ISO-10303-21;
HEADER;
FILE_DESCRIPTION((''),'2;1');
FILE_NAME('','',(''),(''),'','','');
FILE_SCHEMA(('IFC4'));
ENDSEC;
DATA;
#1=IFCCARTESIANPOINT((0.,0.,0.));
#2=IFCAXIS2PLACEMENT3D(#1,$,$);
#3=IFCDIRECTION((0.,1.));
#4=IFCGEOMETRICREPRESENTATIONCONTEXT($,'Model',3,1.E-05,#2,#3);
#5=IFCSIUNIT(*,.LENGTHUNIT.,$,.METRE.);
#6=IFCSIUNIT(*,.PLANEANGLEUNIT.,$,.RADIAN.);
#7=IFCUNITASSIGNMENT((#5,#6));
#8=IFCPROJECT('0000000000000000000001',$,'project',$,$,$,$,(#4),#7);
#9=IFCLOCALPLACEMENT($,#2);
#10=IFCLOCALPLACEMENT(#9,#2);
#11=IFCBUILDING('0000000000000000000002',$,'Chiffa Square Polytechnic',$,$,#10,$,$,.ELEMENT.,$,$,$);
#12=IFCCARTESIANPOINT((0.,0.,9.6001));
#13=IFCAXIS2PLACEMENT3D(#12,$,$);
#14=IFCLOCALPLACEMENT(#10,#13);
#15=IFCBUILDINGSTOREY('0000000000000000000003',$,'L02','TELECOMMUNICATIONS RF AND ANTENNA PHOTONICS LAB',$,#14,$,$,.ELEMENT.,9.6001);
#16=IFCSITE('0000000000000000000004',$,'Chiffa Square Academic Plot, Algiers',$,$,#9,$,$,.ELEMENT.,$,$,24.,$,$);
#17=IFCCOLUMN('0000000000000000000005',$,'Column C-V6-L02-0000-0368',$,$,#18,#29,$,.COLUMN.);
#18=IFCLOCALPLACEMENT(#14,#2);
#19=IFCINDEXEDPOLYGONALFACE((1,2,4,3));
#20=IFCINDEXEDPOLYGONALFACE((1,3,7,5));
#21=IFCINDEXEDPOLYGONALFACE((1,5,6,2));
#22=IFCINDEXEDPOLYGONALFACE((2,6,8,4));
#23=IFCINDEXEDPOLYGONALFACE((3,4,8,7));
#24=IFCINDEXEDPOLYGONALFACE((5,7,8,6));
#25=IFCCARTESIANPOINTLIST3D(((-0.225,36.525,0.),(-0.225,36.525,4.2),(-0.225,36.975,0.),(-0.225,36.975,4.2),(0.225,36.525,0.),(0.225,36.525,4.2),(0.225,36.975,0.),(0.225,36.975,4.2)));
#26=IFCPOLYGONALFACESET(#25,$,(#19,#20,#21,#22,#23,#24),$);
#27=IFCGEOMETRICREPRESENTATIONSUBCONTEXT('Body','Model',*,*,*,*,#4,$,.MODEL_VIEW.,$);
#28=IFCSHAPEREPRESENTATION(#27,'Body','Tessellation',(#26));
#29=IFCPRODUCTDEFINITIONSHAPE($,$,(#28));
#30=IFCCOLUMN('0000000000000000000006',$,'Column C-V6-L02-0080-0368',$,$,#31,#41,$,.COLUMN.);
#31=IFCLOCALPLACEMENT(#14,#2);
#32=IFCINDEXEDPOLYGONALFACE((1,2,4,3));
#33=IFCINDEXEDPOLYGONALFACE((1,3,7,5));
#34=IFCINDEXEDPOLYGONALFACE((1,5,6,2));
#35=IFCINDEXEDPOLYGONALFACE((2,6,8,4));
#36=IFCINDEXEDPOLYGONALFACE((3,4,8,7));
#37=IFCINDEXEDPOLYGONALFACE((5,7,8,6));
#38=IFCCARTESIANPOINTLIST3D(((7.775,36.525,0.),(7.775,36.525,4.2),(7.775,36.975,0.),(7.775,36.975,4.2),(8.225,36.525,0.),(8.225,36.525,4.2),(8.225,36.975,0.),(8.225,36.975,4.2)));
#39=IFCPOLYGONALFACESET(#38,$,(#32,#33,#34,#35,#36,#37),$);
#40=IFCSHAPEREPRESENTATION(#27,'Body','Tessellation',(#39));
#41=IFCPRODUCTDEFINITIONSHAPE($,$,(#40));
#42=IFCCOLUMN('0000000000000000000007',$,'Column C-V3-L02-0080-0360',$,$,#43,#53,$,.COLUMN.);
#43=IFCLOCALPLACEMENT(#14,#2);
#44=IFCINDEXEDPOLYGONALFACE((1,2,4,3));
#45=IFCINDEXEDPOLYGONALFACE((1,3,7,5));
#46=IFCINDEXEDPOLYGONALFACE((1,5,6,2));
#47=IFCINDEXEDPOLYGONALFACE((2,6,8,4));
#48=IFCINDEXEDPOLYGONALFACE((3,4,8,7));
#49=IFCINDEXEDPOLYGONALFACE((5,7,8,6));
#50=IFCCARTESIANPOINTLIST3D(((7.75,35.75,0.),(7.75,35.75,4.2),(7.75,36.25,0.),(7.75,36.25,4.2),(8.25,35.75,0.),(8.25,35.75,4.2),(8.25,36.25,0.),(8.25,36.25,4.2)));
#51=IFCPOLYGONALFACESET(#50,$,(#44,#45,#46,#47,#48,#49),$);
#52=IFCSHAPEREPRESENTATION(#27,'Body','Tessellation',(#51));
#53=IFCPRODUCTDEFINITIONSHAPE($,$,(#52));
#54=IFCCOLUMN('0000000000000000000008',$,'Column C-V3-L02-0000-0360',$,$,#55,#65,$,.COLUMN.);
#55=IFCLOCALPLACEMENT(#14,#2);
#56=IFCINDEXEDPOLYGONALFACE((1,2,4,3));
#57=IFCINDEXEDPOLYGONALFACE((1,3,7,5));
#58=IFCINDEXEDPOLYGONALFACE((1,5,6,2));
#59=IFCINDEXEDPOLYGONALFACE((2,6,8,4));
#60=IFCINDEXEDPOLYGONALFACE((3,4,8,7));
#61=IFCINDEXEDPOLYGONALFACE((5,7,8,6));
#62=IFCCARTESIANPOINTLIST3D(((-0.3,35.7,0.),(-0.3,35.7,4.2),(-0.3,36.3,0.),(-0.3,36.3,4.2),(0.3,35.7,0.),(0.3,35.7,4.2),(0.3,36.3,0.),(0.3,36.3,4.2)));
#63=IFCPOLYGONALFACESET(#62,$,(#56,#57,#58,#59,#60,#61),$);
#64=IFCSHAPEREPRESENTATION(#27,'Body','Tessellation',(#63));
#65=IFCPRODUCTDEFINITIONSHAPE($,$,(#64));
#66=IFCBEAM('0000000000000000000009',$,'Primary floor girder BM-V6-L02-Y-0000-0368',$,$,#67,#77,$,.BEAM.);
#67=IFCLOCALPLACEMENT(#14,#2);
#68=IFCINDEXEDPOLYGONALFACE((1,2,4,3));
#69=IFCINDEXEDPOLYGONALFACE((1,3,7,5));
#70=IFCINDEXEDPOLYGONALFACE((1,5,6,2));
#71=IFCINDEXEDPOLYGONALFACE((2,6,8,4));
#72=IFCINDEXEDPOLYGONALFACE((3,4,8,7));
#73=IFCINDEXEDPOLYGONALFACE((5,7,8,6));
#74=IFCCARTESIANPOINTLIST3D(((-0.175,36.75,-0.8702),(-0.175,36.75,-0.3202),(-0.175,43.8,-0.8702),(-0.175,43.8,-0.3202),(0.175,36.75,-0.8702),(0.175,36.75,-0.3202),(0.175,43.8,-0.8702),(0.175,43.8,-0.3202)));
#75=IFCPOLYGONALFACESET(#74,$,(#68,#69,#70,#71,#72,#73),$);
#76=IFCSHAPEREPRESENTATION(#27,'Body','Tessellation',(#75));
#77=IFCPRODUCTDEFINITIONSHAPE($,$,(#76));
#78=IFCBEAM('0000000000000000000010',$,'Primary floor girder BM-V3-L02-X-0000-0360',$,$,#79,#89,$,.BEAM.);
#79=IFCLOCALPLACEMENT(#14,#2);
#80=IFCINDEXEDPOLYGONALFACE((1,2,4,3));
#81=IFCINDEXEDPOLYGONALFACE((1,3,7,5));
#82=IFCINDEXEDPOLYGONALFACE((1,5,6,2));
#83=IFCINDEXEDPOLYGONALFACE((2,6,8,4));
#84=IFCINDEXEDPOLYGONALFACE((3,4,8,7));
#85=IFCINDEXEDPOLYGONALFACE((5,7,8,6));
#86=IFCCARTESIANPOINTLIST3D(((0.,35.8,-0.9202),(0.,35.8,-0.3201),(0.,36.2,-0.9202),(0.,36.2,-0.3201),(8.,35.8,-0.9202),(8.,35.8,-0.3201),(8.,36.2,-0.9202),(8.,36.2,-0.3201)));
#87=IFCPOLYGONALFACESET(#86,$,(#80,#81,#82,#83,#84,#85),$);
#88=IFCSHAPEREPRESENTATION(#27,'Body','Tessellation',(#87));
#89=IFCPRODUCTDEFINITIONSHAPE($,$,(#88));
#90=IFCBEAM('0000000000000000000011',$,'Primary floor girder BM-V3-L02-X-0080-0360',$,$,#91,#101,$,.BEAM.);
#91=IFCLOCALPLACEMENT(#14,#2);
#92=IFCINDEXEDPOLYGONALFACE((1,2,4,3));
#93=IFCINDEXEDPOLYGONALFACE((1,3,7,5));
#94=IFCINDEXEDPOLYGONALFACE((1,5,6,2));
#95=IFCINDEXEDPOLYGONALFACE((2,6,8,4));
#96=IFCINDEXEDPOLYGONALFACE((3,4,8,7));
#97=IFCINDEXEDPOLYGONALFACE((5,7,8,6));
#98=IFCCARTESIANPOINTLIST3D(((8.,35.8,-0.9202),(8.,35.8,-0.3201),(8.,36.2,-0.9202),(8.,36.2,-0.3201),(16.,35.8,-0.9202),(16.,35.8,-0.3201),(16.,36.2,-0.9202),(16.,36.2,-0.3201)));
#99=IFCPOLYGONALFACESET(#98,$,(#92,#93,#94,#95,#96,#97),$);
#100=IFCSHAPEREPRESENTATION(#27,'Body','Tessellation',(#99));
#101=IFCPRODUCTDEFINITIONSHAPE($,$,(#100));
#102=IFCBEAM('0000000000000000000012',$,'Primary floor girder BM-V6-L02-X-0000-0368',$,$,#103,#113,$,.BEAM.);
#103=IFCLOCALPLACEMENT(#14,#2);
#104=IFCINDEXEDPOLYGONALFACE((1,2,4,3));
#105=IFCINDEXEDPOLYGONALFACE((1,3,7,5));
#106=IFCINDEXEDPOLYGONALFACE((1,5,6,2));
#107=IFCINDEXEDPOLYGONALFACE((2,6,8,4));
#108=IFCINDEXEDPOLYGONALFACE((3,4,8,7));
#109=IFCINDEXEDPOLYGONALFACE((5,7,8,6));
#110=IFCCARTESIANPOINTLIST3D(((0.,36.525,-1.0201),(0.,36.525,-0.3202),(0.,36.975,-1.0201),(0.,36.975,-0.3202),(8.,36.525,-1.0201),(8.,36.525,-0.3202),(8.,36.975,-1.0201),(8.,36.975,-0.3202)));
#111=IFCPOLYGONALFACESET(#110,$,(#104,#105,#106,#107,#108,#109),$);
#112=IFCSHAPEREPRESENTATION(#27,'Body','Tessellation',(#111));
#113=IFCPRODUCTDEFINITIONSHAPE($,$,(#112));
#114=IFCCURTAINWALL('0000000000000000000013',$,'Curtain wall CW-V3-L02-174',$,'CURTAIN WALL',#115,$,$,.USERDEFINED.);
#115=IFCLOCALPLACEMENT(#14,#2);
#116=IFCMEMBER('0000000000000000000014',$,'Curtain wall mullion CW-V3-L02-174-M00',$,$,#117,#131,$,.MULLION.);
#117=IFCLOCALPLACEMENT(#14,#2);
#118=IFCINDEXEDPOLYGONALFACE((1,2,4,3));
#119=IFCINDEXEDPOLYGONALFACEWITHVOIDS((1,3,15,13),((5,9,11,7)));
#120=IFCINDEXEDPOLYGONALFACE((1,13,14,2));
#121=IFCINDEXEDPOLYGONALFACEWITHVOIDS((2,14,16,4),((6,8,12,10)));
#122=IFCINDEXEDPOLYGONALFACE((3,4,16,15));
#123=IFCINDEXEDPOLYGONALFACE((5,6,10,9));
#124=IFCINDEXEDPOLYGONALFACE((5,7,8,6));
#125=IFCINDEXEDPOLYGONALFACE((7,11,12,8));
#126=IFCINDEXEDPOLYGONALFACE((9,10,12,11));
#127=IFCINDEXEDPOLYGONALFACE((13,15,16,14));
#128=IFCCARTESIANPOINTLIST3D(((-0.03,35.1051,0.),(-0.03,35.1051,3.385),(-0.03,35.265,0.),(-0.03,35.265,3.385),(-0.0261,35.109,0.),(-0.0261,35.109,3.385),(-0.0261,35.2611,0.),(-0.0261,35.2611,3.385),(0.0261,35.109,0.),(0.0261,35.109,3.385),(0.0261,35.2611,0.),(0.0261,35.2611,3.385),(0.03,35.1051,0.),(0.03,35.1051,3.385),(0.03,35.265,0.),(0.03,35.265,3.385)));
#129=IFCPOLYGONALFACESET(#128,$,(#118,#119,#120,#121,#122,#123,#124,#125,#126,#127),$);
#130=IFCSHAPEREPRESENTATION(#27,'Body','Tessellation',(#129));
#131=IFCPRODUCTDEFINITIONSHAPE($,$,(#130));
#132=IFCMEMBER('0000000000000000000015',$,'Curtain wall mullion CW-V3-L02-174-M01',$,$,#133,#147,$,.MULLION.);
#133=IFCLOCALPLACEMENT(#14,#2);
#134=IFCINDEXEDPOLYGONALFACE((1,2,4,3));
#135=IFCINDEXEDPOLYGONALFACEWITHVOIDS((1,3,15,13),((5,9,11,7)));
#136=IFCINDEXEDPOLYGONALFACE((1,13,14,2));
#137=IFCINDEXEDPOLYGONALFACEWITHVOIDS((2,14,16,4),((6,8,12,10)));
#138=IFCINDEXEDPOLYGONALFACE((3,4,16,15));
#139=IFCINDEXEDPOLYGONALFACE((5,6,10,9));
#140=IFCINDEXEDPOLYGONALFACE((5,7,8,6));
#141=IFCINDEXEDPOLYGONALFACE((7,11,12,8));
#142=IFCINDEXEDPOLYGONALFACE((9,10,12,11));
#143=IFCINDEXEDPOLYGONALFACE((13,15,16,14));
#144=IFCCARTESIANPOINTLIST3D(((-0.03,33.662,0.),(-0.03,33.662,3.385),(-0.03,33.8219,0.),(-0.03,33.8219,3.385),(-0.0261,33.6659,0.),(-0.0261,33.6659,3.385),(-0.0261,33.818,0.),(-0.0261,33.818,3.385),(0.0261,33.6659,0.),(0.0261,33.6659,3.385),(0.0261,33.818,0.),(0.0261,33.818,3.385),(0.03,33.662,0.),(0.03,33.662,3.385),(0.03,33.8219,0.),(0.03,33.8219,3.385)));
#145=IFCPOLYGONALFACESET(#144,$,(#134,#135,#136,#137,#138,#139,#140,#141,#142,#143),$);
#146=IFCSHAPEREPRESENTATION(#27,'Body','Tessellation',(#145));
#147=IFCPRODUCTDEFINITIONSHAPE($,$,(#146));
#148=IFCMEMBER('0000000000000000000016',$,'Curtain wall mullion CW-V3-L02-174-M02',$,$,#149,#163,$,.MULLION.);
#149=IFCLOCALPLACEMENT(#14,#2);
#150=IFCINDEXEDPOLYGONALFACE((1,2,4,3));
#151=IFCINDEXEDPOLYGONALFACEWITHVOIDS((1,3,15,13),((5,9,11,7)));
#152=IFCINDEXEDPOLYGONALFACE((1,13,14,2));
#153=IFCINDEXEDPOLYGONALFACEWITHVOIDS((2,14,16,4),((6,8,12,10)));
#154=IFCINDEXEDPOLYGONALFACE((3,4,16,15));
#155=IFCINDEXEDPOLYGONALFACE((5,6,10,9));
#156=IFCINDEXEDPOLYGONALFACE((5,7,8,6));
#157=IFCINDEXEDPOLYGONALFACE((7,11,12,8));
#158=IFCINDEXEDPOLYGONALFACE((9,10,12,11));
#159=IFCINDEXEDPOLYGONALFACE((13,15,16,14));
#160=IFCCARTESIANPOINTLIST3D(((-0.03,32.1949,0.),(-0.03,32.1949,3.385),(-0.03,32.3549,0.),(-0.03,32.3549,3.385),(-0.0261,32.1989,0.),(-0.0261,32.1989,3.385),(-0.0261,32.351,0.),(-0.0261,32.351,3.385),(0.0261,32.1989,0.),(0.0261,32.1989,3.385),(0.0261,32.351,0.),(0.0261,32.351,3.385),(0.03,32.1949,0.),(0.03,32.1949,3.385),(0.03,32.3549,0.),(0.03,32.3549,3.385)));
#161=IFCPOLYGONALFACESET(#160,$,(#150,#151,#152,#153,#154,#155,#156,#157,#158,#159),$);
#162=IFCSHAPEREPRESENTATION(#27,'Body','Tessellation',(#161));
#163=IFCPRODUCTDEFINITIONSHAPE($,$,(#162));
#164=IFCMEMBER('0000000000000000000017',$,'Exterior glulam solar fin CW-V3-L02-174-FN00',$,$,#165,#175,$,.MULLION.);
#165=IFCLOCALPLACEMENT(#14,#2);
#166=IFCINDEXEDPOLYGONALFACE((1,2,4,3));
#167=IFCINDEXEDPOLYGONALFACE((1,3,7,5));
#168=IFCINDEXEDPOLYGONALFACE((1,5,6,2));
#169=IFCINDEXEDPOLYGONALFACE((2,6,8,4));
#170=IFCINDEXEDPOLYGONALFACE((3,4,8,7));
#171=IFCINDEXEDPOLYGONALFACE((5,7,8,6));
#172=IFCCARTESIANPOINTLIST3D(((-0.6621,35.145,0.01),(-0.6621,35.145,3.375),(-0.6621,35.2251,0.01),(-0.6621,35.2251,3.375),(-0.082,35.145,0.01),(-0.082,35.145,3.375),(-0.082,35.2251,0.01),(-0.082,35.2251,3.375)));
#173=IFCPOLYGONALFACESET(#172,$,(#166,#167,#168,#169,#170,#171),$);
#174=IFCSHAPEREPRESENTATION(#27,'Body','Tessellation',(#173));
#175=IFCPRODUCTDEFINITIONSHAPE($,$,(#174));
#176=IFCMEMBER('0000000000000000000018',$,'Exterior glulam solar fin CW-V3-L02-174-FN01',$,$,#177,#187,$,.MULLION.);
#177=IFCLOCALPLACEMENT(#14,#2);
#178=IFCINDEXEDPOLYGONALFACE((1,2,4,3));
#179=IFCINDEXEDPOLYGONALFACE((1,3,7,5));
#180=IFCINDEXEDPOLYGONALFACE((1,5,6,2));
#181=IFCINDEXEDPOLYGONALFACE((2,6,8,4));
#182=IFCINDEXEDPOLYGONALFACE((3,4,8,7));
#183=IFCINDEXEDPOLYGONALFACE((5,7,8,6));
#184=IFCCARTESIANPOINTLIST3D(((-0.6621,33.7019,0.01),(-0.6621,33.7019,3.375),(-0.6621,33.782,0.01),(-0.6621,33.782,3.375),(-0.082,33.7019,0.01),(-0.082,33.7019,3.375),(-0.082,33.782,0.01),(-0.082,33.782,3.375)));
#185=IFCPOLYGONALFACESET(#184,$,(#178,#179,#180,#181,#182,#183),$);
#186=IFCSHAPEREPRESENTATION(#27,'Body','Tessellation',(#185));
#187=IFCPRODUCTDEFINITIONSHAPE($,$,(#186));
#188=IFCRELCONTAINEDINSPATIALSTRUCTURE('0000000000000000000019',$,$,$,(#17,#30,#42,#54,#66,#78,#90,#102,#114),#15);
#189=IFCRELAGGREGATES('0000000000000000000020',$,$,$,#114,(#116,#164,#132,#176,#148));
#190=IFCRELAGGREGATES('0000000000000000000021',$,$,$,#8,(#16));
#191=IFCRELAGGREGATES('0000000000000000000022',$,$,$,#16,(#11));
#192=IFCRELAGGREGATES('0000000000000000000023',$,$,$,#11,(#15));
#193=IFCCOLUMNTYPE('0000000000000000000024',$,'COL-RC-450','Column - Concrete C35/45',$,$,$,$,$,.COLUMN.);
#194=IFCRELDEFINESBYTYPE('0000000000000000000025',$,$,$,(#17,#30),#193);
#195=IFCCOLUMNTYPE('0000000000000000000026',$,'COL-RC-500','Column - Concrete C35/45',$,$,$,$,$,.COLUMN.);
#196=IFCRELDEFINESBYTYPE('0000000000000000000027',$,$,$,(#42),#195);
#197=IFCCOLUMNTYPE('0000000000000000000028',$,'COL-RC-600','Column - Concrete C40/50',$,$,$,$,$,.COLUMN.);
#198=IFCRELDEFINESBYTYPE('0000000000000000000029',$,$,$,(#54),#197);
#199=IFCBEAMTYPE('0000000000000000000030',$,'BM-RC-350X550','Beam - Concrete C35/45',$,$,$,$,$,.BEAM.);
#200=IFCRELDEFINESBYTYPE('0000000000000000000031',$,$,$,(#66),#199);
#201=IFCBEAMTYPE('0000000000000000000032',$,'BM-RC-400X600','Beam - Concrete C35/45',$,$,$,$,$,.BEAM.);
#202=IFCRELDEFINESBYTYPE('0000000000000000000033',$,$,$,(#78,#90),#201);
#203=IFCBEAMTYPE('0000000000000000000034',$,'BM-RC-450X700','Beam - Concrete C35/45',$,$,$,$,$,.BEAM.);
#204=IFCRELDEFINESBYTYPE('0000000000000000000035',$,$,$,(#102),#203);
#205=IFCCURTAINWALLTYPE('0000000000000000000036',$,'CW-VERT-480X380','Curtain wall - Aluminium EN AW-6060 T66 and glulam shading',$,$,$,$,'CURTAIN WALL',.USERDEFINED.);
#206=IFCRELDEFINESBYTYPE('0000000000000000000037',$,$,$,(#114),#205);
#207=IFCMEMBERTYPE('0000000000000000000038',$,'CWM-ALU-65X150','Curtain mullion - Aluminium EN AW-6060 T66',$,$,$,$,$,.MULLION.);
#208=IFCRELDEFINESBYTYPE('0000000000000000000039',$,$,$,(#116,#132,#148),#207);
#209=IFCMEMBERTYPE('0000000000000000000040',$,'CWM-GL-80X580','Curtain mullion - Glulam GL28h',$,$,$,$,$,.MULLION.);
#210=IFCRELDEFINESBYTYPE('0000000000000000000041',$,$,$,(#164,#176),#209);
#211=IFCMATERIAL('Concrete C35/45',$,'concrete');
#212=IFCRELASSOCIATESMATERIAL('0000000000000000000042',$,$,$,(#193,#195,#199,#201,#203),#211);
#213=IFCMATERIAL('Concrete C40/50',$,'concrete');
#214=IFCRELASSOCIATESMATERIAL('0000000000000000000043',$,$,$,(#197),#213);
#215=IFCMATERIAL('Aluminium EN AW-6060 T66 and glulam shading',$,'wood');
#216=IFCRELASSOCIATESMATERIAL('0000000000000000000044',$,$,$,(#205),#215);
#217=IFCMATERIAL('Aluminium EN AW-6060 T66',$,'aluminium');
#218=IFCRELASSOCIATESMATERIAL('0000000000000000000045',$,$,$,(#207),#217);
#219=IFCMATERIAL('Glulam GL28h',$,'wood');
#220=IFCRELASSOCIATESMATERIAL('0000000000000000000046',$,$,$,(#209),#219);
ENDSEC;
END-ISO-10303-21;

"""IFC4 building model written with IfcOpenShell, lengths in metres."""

from ifc_helpers import new_model, si_unit, direction, frame, origin, origin_2d, place, context, subcontext, project, spatial, rectangle, hollow_rectangle, extrude, material, material_profile, profile_set, type_object, element, aggregate, save


model = new_model("IFC4")

# Units and contexts
model_context = context("Model", 3, precision=1e-05, world=origin(), true_north=direction((0.0, 1.0)))
body_context = subcontext(model_context, "Body", "Model", "MODEL_VIEW")
ifc_project = project(units=[si_unit("LENGTHUNIT", "METRE"), si_unit("PLANEANGLEUNIT", "RADIAN")], contexts=[model_context])

# Site, building, storey
site_placement = place(None, origin())
site = spatial("IfcSite", under=ifc_project, at=site_placement, Name="Chiffa Square Academic Plot, Algiers", CompositionType="ELEMENT", RefElevation=24.0)
building_placement = place(site_placement, origin())
building = spatial("IfcBuilding", under=site, at=building_placement, Name="Chiffa Square Polytechnic", CompositionType="ELEMENT")
storey_placement = place(building_placement, frame((0.0, 0.0, 9.6001)))
storey = spatial("IfcBuildingStorey", under=building, at=storey_placement, Name="L02", Description="TELECOMMUNICATIONS RF AND ANTENNA PHOTONICS LAB", CompositionType="ELEMENT", Elevation=9.6001)

# Columns
ifc_material_1 = material(Name="Concrete C35/45", Category="concrete")
ifc_material_profile_1 = material_profile(ifc_material_1, rectangle(XDim=0.45, YDim=0.45, at=origin_2d()), Name="RC 450x450")
ifc_profile_set_1 = profile_set([ifc_material_profile_1], Name="Concrete C35/45")
column_type_1 = type_object("IfcColumnType", Name="COL-RC-450", Description="Column - Concrete C35/45", PredefinedType="COLUMN", material=ifc_profile_set_1)
for number, where, z_axis, x_axis, name in (
    (1, (0.0, 36.75, 0.0), (0.0, 0.0, 1.0), (1.0, 0.0, 0.0), "Column C-V6-L02-0000-0368"),
    (2, (8.0, 36.75, 0.0), (0.0, 0.0, 1.0), (1.0, 0.0, 0.0), "Column C-V6-L02-0080-0368"),
):
    element("IfcColumn", number, at=place(storey_placement, frame(where, z_axis=z_axis, x_axis=x_axis)), inside=storey, type_object=column_type_1, Name=name, PredefinedType="COLUMN", context=body_context, shape_type="SweptSolid", body=[
        extrude(rectangle(XDim=0.45, YDim=0.45, at=origin_2d()), origin(), (0.0, 0.0, 1.0), 4.2),
    ])
ifc_material_profile_2 = material_profile(ifc_material_1, rectangle(XDim=0.5, YDim=0.5, at=origin_2d()), Name="RC 500x500")
ifc_profile_set_2 = profile_set([ifc_material_profile_2], Name="Concrete C35/45")
column_type_2 = type_object("IfcColumnType", Name="COL-RC-500", Description="Column - Concrete C35/45", PredefinedType="COLUMN", material=ifc_profile_set_2)
column_1_placement = place(storey_placement, frame((8.0, 36.0, 0.0), z_axis=(0.0, 0.0, 1.0), x_axis=(1.0, 0.0, 0.0)))
element("IfcColumn", 3, at=column_1_placement, inside=storey, type_object=column_type_2, Name="Column C-V3-L02-0080-0360", PredefinedType="COLUMN", context=body_context, shape_type="SweptSolid", body=[
    extrude(rectangle(XDim=0.5, YDim=0.5, at=origin_2d()), origin(), (0.0, 0.0, 1.0), 4.2),
])
ifc_material_2 = material(Name="Concrete C40/50", Category="concrete")
ifc_material_profile_3 = material_profile(ifc_material_2, rectangle(XDim=0.6001, YDim=0.6001, at=origin_2d()), Name="RC 600x600")
ifc_profile_set_3 = profile_set([ifc_material_profile_3], Name="Concrete C40/50")
column_type_3 = type_object("IfcColumnType", Name="COL-RC-600", Description="Column - Concrete C40/50", PredefinedType="COLUMN", material=ifc_profile_set_3)
column_2_placement = place(storey_placement, frame((0.0, 36.0, 0.0), z_axis=(0.0, 0.0, 1.0), x_axis=(1.0, 0.0, 0.0)))
element("IfcColumn", 4, at=column_2_placement, inside=storey, type_object=column_type_3, Name="Column C-V3-L02-0000-0360", PredefinedType="COLUMN", context=body_context, shape_type="SweptSolid", body=[
    extrude(rectangle(XDim=0.6001, YDim=0.6001, at=origin_2d()), origin(), (0.0, 0.0, 1.0), 4.2),
])

# Beams
ifc_material_profile_4 = material_profile(ifc_material_1, rectangle(XDim=0.3501, YDim=0.55, at=origin_2d()), Name="RC 350x550")
ifc_profile_set_4 = profile_set([ifc_material_profile_4], Name="Concrete C35/45")
beam_type_1 = type_object("IfcBeamType", Name="BM-RC-350X550", Description="Beam - Concrete C35/45", PredefinedType="BEAM", material=ifc_profile_set_4)
beam_1_placement = place(storey_placement, frame((0.0, 36.75, -0.5952), z_axis=(0.0, 1.0, 0.0), x_axis=(-1.0, 0.0, 0.0)))
element("IfcBeam", 5, at=beam_1_placement, inside=storey, type_object=beam_type_1, Name="Primary floor girder BM-V6-L02-Y-0000-0368", PredefinedType="BEAM", context=body_context, shape_type="SweptSolid", body=[
    extrude(rectangle(XDim=0.3501, YDim=0.55, at=origin_2d()), origin(), (0.0, 0.0, 1.0), 7.05),
])
ifc_material_profile_5 = material_profile(ifc_material_1, rectangle(XDim=0.3999, YDim=0.6001, at=origin_2d()), Name="RC 400x600")
ifc_profile_set_5 = profile_set([ifc_material_profile_5], Name="Concrete C35/45")
beam_type_2 = type_object("IfcBeamType", Name="BM-RC-400X600", Description="Beam - Concrete C35/45", PredefinedType="BEAM", material=ifc_profile_set_5)
for number, where, z_axis, x_axis, name in (
    (6, (0.0, 36.0, -0.6201), (1.0, 0.0, 0.0), (0.0, 1.0, 0.0), "Primary floor girder BM-V3-L02-X-0000-0360"),
    (7, (8.0, 36.0, -0.6201), (1.0, 0.0, 0.0), (0.0, 1.0, 0.0), "Primary floor girder BM-V3-L02-X-0080-0360"),
):
    element("IfcBeam", number, at=place(storey_placement, frame(where, z_axis=z_axis, x_axis=x_axis)), inside=storey, type_object=beam_type_2, Name=name, PredefinedType="BEAM", context=body_context, shape_type="SweptSolid", body=[
        extrude(rectangle(XDim=0.3999, YDim=0.6001, at=origin_2d()), origin(), (0.0, 0.0, 1.0), 8.0),
    ])
ifc_material_profile_6 = material_profile(ifc_material_1, rectangle(XDim=0.45, YDim=0.7, at=origin_2d()), Name="RC 450x700")
ifc_profile_set_6 = profile_set([ifc_material_profile_6], Name="Concrete C35/45")
beam_type_3 = type_object("IfcBeamType", Name="BM-RC-450X700", Description="Beam - Concrete C35/45", PredefinedType="BEAM", material=ifc_profile_set_6)
beam_2_placement = place(storey_placement, frame((0.0, 36.75, -0.6702), z_axis=(1.0, 0.0, 0.0), x_axis=(0.0, 1.0, 0.0)))
element("IfcBeam", 8, at=beam_2_placement, inside=storey, type_object=beam_type_3, Name="Primary floor girder BM-V6-L02-X-0000-0368", PredefinedType="BEAM", context=body_context, shape_type="SweptSolid", body=[
    extrude(rectangle(XDim=0.45, YDim=0.7, at=origin_2d()), origin(), (0.0, 0.0, 1.0), 8.0),
])

# Curtain wall, members
ifc_material_3 = material(Name="Aluminium EN AW-6060 T66 and glulam shading", Category="wood")
curtain_wall_type = type_object("IfcCurtainWallType", Name="CW-VERT-480X380", Description="Curtain wall - Aluminium EN AW-6060 T66 and glulam shading", ElementType="CURTAIN WALL", PredefinedType="USERDEFINED", material=ifc_material_3)
curtain_wall_placement = place(storey_placement, origin())
curtain_wall = element("IfcCurtainWall", 9, at=curtain_wall_placement, inside=storey, type_object=curtain_wall_type, Name="Curtain wall CW-V3-L02-174", ObjectType="CURTAIN WALL", PredefinedType="USERDEFINED")
ifc_material_4 = material(Name="Aluminium EN AW-6060 T66", Category="aluminium")
ifc_material_profile_7 = material_profile(ifc_material_4, hollow_rectangle(XDim=0.0601, YDim=0.1599, WallThickness=0.0039, at=origin_2d()), Name="ALU 60x160x4")
ifc_profile_set_7 = profile_set([ifc_material_profile_7], Name="Aluminium EN AW-6060 T66")
member_type_1 = type_object("IfcMemberType", Name="CWM-ALU-65X150", Description="Curtain mullion - Aluminium EN AW-6060 T66", PredefinedType="MULLION", material=ifc_profile_set_7)
member_1_placement = place(storey_placement, frame((0.0, 35.1851, 0.0), z_axis=(0.0, 0.0, 1.0), x_axis=(1.0, 0.0, 0.0)))
member_1 = element("IfcMember", 10, at=member_1_placement, type_object=member_type_1, Name="Curtain wall mullion CW-V3-L02-174-M00", PredefinedType="MULLION", context=body_context, shape_type="SweptSolid", body=[
    extrude(hollow_rectangle(XDim=0.0601, YDim=0.1599, WallThickness=0.0039, at=origin_2d()), origin(), (0.0, 0.0, 1.0), 3.385),
])
member_2_placement = place(storey_placement, frame((0.0, 33.7419, 0.0), z_axis=(0.0, 0.0, 1.0), x_axis=(1.0, 0.0, 0.0)))
member_2 = element("IfcMember", 11, at=member_2_placement, type_object=member_type_1, Name="Curtain wall mullion CW-V3-L02-174-M01", PredefinedType="MULLION", context=body_context, shape_type="SweptSolid", body=[
    extrude(hollow_rectangle(XDim=0.0601, YDim=0.1599, WallThickness=0.0039, at=origin_2d()), origin(), (0.0, 0.0, 1.0), 3.385),
])
member_3_placement = place(storey_placement, frame((0.0, 32.2749, 0.0), z_axis=(0.0, 0.0, 1.0), x_axis=(1.0, 0.0, 0.0)))
member_3 = element("IfcMember", 12, at=member_3_placement, type_object=member_type_1, Name="Curtain wall mullion CW-V3-L02-174-M02", PredefinedType="MULLION", context=body_context, shape_type="SweptSolid", body=[
    extrude(hollow_rectangle(XDim=0.0601, YDim=0.1599, WallThickness=0.0039, at=origin_2d()), origin(), (0.0, 0.0, 1.0), 3.385),
])
ifc_material_5 = material(Name="Glulam GL28h", Category="wood")
ifc_material_profile_8 = material_profile(ifc_material_5, rectangle(XDim=0.0801, YDim=0.5801, at=origin_2d()), Name="GL28h 80x580")
ifc_profile_set_8 = profile_set([ifc_material_profile_8], Name="Glulam GL28h")
member_type_2 = type_object("IfcMemberType", Name="CWM-GL-80X580", Description="Curtain mullion - Glulam GL28h", PredefinedType="MULLION", material=ifc_profile_set_8)
member_4_placement = place(storey_placement, frame((-0.3721, 35.1851, 0.01), z_axis=(0.0, 0.0, 1.0), x_axis=(0.0, -1.0, 0.0)))
member_4 = element("IfcMember", 13, at=member_4_placement, type_object=member_type_2, Name="Exterior glulam solar fin CW-V3-L02-174-FN00", PredefinedType="MULLION", context=body_context, shape_type="SweptSolid", body=[
    extrude(rectangle(XDim=0.0801, YDim=0.5801, at=origin_2d()), origin(), (0.0, 0.0, 1.0), 3.365),
])
member_5_placement = place(storey_placement, frame((-0.3721, 33.7419, 0.01), z_axis=(0.0, 0.0, 1.0), x_axis=(0.0, -1.0, 0.0)))
member_5 = element("IfcMember", 14, at=member_5_placement, type_object=member_type_2, Name="Exterior glulam solar fin CW-V3-L02-174-FN01", PredefinedType="MULLION", context=body_context, shape_type="SweptSolid", body=[
    extrude(rectangle(XDim=0.0801, YDim=0.5801, at=origin_2d()), origin(), (0.0, 0.0, 1.0), 3.365),
])

aggregate(curtain_wall, [member_1, member_4, member_2, member_5, member_3])

save(model, "model.ifc")
